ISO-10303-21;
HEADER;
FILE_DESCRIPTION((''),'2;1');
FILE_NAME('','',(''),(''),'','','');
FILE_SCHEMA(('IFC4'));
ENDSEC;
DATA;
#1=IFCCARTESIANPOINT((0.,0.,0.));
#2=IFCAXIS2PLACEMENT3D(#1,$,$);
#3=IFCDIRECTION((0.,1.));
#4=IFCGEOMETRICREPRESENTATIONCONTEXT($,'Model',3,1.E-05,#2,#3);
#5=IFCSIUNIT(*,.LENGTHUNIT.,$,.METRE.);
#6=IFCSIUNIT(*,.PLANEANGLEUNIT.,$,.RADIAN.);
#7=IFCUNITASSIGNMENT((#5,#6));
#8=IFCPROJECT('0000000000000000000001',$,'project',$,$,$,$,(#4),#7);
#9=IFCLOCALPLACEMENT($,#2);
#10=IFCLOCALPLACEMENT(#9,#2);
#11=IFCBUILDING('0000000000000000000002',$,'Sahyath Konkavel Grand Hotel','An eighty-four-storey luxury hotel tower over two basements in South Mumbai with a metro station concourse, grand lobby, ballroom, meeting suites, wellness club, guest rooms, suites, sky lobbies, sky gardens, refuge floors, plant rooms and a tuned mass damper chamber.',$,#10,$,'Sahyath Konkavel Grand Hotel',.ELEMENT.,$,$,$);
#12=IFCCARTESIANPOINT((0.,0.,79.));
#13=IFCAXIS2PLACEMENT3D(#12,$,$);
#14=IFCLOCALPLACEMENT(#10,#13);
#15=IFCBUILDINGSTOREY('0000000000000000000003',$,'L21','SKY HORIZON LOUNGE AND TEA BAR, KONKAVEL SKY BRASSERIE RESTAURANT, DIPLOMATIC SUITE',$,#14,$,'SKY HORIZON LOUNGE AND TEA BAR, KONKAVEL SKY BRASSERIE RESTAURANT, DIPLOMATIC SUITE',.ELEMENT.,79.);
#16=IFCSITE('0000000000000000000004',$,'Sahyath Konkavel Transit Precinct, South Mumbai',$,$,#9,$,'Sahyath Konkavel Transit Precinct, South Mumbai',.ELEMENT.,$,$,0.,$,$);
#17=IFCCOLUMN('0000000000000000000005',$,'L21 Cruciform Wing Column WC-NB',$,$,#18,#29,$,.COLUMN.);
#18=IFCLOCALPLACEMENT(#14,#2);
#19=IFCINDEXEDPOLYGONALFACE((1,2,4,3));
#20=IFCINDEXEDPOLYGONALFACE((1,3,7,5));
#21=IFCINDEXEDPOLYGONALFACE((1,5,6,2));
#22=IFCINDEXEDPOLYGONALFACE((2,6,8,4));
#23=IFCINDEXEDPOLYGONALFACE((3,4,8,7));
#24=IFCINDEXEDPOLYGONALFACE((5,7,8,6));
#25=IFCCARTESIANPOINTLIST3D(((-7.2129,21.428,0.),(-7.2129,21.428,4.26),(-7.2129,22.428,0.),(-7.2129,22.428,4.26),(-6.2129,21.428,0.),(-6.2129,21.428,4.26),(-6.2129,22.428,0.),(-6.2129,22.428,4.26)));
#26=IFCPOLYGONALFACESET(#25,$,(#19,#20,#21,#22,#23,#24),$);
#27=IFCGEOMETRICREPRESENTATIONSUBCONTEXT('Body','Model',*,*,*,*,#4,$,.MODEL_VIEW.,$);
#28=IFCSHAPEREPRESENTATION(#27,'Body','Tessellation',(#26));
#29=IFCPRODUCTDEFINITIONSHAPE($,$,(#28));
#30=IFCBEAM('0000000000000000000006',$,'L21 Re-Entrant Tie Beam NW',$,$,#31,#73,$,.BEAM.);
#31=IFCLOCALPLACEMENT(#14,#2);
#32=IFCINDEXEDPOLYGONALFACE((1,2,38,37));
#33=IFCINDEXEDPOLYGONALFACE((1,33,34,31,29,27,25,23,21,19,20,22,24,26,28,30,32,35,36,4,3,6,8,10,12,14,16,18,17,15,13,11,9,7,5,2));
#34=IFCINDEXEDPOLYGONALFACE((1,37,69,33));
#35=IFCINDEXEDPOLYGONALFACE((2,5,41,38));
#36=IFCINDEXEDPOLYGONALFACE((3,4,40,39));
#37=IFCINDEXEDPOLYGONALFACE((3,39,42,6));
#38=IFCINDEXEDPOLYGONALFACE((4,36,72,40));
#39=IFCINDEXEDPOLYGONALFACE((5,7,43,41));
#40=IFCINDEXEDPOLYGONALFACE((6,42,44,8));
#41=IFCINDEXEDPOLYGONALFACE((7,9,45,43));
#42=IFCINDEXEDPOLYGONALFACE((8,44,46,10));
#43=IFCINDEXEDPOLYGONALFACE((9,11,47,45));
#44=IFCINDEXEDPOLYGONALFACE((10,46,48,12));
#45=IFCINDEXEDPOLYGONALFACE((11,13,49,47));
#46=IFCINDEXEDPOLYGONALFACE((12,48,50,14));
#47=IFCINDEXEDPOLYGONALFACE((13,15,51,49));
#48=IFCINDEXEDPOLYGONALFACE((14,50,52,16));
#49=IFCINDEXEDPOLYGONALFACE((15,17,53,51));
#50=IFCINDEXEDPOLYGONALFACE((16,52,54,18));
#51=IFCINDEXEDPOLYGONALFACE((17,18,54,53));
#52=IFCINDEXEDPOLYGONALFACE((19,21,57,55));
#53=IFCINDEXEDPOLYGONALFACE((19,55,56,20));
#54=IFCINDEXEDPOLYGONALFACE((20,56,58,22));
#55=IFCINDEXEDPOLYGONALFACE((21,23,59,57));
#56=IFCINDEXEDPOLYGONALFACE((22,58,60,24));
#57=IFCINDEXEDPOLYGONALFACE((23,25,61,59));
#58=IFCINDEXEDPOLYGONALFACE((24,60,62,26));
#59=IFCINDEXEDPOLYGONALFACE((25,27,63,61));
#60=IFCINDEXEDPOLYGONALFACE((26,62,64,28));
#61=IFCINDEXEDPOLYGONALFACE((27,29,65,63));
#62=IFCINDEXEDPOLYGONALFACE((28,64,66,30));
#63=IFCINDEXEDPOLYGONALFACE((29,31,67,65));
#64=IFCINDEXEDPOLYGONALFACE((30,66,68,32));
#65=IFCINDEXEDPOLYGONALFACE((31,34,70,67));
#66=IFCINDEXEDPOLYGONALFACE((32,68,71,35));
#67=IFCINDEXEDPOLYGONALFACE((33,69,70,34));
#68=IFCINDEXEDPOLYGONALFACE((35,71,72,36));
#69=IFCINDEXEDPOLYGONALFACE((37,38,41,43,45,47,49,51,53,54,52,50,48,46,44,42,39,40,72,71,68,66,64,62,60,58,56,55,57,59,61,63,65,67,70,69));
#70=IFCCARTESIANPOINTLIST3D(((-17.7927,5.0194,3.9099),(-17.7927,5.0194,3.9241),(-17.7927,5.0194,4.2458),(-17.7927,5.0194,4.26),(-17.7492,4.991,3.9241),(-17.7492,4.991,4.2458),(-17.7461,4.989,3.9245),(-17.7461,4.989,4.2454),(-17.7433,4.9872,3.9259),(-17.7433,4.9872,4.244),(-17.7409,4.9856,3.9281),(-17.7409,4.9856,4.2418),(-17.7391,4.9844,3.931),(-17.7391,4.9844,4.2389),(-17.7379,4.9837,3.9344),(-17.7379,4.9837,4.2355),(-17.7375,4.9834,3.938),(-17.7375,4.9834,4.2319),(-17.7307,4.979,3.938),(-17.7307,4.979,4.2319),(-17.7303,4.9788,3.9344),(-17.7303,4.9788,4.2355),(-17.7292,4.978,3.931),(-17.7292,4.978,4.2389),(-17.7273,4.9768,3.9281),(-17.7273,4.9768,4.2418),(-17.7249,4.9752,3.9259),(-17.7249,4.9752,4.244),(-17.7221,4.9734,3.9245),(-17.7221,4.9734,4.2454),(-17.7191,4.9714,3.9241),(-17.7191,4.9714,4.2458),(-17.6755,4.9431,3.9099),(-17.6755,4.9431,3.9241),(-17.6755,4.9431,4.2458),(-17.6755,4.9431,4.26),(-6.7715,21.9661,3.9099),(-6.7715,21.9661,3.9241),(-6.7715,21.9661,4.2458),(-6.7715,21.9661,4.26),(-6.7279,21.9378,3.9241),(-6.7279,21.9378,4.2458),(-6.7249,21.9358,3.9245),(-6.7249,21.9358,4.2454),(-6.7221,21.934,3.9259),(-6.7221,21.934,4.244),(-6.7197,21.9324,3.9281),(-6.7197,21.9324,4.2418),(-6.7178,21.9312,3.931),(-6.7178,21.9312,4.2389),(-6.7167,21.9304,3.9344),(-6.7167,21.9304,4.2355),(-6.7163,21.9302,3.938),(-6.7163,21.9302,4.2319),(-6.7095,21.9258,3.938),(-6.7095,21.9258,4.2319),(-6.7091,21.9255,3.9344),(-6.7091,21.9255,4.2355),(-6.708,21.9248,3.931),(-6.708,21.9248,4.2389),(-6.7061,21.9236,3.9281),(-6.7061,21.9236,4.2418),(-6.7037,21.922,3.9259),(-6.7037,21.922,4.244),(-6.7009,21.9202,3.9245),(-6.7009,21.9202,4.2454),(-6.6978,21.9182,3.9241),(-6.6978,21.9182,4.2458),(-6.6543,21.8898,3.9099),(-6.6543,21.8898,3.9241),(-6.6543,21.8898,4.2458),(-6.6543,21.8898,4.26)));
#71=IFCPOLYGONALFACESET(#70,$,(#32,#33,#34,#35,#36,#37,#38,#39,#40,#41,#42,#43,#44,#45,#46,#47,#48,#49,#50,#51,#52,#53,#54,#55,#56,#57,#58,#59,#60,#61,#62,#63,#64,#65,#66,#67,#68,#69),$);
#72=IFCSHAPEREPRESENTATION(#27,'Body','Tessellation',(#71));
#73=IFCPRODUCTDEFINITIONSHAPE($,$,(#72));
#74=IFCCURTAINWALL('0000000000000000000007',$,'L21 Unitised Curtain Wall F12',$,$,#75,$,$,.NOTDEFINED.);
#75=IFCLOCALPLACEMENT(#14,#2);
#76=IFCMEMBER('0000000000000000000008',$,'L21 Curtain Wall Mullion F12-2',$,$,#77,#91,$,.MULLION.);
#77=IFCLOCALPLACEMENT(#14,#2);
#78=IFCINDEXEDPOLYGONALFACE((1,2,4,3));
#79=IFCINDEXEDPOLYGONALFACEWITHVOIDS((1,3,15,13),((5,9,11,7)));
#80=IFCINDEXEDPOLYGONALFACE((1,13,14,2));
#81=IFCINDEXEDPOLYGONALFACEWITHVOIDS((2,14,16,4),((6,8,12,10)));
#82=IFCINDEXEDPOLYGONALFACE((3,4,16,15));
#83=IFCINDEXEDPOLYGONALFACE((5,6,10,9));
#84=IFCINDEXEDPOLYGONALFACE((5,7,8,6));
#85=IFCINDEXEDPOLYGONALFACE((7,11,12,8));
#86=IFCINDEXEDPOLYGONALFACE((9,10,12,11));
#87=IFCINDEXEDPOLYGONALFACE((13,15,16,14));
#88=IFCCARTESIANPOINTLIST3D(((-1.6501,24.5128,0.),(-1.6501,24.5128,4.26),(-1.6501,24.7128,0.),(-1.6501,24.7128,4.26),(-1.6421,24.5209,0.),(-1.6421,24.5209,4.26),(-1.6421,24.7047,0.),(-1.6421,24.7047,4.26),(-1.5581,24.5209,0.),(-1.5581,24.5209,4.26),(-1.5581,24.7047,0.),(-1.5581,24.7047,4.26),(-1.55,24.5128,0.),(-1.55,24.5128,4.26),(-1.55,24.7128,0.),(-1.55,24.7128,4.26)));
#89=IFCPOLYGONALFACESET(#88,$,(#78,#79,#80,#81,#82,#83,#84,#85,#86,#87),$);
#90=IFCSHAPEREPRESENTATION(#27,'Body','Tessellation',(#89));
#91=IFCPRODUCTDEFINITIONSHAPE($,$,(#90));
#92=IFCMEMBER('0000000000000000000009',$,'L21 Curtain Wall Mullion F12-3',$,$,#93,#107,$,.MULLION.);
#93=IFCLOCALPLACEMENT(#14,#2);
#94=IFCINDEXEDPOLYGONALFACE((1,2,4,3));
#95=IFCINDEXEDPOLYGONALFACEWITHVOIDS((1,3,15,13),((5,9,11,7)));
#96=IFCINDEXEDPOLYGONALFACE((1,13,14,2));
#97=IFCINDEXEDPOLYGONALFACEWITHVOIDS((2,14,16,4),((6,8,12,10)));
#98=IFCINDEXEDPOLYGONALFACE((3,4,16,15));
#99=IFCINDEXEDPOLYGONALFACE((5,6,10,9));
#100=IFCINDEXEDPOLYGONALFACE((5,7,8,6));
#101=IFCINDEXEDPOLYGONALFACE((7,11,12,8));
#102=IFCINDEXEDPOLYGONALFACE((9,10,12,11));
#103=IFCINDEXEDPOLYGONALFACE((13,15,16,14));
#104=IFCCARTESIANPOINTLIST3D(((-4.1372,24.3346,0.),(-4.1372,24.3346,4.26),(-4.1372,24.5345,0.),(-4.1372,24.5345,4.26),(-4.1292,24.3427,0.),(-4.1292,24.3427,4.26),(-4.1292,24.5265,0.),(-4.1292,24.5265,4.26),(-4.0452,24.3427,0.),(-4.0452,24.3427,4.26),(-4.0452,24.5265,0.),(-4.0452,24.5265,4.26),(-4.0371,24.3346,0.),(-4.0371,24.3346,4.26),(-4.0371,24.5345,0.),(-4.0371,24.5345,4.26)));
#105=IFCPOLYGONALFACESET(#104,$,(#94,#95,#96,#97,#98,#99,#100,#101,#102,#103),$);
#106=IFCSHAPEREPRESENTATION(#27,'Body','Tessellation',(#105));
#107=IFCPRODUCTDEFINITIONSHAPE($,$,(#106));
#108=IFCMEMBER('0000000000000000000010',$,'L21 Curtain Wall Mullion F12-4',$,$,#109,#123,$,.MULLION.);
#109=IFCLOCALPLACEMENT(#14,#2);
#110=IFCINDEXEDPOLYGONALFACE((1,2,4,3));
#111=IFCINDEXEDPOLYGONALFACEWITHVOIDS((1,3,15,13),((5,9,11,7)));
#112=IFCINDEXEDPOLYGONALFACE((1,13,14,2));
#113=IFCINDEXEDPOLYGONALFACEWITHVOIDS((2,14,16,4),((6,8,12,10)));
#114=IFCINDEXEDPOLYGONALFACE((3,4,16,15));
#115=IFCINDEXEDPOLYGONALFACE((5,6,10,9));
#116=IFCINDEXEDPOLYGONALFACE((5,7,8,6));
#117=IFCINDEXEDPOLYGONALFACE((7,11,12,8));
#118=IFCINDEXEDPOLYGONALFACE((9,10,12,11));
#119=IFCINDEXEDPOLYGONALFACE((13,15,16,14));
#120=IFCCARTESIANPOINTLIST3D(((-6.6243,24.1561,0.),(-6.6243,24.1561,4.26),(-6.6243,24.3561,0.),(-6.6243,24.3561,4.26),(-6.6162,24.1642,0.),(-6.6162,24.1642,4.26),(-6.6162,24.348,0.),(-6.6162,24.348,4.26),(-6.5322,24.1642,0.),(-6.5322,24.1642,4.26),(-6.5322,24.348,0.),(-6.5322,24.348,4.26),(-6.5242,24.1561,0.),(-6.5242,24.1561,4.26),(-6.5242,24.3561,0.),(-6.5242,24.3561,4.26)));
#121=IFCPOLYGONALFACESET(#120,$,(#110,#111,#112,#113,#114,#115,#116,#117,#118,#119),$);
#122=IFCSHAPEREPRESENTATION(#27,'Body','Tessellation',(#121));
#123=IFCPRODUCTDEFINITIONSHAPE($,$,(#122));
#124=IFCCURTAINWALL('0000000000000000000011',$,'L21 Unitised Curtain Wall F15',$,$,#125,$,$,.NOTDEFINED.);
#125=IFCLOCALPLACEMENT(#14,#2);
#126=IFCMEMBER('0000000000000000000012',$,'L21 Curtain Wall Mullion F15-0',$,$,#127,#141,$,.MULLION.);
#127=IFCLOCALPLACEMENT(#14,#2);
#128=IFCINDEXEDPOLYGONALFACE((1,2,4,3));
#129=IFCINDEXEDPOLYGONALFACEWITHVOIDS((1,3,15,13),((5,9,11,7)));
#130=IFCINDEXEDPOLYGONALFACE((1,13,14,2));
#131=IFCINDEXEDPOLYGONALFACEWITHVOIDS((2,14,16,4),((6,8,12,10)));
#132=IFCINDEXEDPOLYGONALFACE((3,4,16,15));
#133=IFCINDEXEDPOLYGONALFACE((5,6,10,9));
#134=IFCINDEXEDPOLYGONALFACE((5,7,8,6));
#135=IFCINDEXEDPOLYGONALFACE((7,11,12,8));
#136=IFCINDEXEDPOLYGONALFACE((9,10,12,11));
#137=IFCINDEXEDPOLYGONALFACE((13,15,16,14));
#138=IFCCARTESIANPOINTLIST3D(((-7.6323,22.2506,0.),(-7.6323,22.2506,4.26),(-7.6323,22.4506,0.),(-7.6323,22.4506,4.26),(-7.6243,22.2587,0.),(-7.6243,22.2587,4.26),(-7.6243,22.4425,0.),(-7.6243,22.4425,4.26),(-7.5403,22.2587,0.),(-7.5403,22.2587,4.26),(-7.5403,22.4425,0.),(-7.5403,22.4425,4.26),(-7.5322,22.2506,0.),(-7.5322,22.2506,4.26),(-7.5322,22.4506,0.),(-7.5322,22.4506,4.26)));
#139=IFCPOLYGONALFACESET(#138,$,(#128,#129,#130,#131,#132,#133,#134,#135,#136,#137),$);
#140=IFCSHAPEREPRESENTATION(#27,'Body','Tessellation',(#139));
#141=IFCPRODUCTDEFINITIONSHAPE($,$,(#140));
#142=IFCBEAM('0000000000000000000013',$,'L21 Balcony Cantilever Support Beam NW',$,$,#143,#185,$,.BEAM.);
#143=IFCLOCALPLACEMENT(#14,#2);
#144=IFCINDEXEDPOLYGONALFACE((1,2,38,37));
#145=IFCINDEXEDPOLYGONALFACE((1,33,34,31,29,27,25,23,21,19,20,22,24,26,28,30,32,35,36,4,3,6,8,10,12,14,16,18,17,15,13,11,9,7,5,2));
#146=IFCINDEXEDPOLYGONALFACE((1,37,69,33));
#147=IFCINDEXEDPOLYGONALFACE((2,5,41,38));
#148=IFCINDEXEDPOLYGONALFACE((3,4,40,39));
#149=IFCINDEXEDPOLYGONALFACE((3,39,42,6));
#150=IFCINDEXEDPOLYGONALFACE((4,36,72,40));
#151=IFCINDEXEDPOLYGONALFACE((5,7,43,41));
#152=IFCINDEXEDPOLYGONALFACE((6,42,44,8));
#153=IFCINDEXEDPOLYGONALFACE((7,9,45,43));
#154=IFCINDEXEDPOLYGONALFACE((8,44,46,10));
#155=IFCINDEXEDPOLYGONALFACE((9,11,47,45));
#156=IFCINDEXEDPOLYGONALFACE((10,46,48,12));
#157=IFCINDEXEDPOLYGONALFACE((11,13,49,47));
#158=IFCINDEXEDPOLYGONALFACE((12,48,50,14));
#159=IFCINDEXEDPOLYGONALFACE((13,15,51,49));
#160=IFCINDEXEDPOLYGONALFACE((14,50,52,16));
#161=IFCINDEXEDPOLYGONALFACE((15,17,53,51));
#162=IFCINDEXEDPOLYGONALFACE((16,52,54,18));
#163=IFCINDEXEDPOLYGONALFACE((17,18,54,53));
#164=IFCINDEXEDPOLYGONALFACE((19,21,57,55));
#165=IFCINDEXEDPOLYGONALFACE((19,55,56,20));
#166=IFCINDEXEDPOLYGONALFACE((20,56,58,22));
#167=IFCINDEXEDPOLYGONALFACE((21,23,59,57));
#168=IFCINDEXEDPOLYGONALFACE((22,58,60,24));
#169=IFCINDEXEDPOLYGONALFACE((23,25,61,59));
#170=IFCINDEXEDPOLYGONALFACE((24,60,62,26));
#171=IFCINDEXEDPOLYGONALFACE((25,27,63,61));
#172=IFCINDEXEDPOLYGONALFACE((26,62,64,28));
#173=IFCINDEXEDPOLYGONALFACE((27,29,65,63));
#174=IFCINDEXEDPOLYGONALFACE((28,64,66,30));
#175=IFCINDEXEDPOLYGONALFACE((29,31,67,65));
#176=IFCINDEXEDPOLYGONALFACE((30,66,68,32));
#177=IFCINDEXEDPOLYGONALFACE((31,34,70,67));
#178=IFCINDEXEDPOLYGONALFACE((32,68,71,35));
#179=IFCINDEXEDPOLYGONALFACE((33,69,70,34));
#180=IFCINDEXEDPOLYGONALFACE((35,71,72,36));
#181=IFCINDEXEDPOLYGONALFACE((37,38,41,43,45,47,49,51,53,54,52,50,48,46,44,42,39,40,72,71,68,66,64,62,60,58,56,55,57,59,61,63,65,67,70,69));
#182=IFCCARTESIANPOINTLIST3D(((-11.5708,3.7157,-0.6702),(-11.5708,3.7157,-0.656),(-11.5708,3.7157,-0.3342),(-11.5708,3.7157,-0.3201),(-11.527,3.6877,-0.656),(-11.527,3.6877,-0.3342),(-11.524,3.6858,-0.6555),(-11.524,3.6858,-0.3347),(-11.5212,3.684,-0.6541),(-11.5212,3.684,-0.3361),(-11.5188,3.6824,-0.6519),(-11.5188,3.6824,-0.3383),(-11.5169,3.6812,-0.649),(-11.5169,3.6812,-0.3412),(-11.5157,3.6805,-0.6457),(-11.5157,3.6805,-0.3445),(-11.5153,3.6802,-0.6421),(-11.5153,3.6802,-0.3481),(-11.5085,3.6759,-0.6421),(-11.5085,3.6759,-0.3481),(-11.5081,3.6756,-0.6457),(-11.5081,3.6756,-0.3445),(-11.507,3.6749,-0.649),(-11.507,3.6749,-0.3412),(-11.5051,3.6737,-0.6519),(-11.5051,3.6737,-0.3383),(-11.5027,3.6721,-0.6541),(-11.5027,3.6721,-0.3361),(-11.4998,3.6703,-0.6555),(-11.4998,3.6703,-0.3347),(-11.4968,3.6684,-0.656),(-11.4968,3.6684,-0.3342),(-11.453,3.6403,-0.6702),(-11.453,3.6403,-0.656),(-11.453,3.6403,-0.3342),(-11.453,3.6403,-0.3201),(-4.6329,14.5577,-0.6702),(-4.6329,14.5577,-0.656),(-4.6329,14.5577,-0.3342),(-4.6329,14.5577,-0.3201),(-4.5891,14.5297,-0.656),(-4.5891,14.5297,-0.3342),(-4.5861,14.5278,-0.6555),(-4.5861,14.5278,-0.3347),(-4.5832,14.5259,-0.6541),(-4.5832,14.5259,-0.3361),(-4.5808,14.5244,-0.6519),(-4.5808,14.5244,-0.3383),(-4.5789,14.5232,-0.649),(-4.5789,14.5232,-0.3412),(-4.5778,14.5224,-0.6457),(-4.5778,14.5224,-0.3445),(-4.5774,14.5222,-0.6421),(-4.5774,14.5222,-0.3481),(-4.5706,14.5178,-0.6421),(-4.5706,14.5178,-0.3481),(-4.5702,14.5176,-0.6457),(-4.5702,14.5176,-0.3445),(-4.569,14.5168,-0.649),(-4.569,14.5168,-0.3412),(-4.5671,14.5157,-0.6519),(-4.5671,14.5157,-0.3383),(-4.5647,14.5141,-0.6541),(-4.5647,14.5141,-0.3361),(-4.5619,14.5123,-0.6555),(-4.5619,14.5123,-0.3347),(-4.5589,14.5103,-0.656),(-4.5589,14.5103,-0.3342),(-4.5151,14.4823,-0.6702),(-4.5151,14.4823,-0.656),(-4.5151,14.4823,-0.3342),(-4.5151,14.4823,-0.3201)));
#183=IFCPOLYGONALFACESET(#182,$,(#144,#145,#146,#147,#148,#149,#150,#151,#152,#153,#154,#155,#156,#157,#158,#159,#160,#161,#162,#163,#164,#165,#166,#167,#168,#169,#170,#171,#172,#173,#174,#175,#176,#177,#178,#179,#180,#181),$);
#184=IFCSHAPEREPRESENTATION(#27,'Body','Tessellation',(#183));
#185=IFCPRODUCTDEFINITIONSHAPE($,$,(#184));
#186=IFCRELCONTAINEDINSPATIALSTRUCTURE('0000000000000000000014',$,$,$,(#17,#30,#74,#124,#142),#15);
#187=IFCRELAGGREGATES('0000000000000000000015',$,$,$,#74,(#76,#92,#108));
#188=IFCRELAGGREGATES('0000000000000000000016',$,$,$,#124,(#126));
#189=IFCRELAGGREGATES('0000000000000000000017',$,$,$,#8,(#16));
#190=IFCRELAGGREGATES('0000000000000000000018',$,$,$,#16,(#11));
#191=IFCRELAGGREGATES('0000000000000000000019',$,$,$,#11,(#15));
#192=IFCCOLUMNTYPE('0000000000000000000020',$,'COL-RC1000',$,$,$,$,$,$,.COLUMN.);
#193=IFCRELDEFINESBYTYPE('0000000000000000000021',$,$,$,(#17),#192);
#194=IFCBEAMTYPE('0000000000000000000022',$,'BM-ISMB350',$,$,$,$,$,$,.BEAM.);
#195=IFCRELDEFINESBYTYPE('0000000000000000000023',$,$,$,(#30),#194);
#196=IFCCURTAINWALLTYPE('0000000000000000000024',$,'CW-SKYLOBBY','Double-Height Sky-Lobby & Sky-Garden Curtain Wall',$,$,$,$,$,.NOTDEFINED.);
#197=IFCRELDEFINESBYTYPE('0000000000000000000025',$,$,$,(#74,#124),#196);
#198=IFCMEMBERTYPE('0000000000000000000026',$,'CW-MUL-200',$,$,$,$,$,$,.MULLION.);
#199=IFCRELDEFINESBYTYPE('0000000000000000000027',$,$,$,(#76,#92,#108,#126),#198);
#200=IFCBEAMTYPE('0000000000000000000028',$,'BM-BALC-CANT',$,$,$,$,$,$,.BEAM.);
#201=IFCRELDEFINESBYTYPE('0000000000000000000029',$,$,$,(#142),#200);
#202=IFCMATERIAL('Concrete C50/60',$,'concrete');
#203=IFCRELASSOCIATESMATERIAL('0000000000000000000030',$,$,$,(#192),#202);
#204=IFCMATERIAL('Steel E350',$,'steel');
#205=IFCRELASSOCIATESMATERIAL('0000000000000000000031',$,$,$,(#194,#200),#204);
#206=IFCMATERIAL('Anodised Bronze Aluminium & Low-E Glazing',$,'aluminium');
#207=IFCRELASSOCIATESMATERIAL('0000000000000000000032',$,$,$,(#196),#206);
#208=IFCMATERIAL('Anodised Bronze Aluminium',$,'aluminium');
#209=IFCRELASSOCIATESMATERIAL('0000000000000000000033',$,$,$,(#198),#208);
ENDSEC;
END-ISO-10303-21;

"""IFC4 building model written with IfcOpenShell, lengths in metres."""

from ifc_helpers import new_model, si_unit, direction, frame, origin, origin_2d, place, context, subcontext, project, spatial, rectangle, hollow_rectangle, i_section, extrude, source, transform, mapped, material, material_profile, profile_set, type_object, element, aggregate, save


model = new_model("IFC4")

# Units and contexts
model_context = context("Model", 3, precision=1e-05, world=origin(), true_north=direction((0.0, 1.0)))
body_context = subcontext(model_context, "Body", "Model", "MODEL_VIEW")
ifc_project = project(units=[si_unit("LENGTHUNIT", "METRE"), si_unit("PLANEANGLEUNIT", "RADIAN")], contexts=[model_context])

# Site, building, storey
site_placement = place(None, origin())
site = spatial("IfcSite", under=ifc_project, at=site_placement, Name="Sahyath Konkavel Transit Precinct, South Mumbai", LongName="Sahyath Konkavel Transit Precinct, South Mumbai", CompositionType="ELEMENT", RefElevation=0.0)
building_placement = place(site_placement, origin())
building = spatial("IfcBuilding", under=site, at=building_placement, Name="Sahyath Konkavel Grand Hotel", Description="An eighty-four-storey luxury hotel tower over two basements in South Mumbai with a metro station concourse, grand lobby, ballroom, meeting suites, wellness club, guest rooms, suites, sky lobbies, sky gardens, refuge floors, plant rooms and a tuned mass damper chamber.", LongName="Sahyath Konkavel Grand Hotel", CompositionType="ELEMENT")
storey_placement = place(building_placement, frame((0.0, 0.0, 79.0)))
storey = spatial("IfcBuildingStorey", under=building, at=storey_placement, Name="L21", Description="SKY HORIZON LOUNGE AND TEA BAR, KONKAVEL SKY BRASSERIE RESTAURANT, DIPLOMATIC SUITE", LongName="SKY HORIZON LOUNGE AND TEA BAR, KONKAVEL SKY BRASSERIE RESTAURANT, DIPLOMATIC SUITE", CompositionType="ELEMENT", Elevation=79.0)

# Column
ifc_material_1 = material(Name="Concrete C50/60", Category="concrete")
ifc_material_profile_1 = material_profile(ifc_material_1, rectangle(XDim=1.0, YDim=1.0, at=origin_2d()), Name="RC 1000x1000")
ifc_profile_set_1 = profile_set([ifc_material_profile_1], Name="Concrete C50/60")
column_type = type_object("IfcColumnType", Name="COL-RC1000", PredefinedType="COLUMN", material=ifc_profile_set_1)
shared_shape_1 = source(origin(), body_context, "Body", "SweptSolid", [
    extrude(rectangle(XDim=1.0, YDim=1.0, at=origin_2d()), origin(), (0.0, 0.0, 1.0), 4.26),
])
column_placement = place(storey_placement, frame((-6.7129, 21.928, 0.0), z_axis=(0.0, 0.0, 1.0), x_axis=(1.0, 0.0, 0.0)))
element("IfcColumn", 1, at=column_placement, inside=storey, type_object=column_type, Name="L21 Cruciform Wing Column WC-NB", PredefinedType="COLUMN", context=body_context, shape_type="MappedRepresentation", body=[
    mapped(shared_shape_1, transform((0.0, 0.0, 0.0), scale=1.0)),
])

# Beam
ifc_material_2 = material(Name="Steel E350", Category="steel")
ifc_material_profile_2 = material_profile(ifc_material_2, i_section(OverallWidth=0.1399, OverallDepth=0.3501, WebThickness=0.0081, FlangeThickness=0.0142, FilletRadius=0.0139, at=origin_2d()), Name="ISMB 350")
ifc_profile_set_2 = profile_set([ifc_material_profile_2], Name="Steel E350")
beam_type_1 = type_object("IfcBeamType", Name="BM-ISMB350", PredefinedType="BEAM", material=ifc_profile_set_2)
shared_shape_2 = source(origin(), body_context, "Body", "SweptSolid", [
    extrude(i_section(OverallWidth=0.1399, OverallDepth=0.3501, WebThickness=0.0081, FlangeThickness=0.0142, FilletRadius=0.0139, at=origin_2d()), origin(), (0.0, 0.0, 1.0), 20.2153),
])
beam_1_placement = place(storey_placement, frame((-6.7129, 21.928, 4.085), z_axis=(-0.545191, -0.838312, 0.0), x_axis=(0.838312, -0.545191, 0.0)))
element("IfcBeam", 2, at=beam_1_placement, inside=storey, type_object=beam_type_1, Name="L21 Re-Entrant Tie Beam NW", PredefinedType="BEAM", context=body_context, shape_type="MappedRepresentation", body=[
    mapped(shared_shape_2, transform((0.0, 0.0, 0.0), scale=1.0)),
])

# Curtain wall, members
ifc_material_3 = material(Name="Anodised Bronze Aluminium & Low-E Glazing", Category="aluminium")
curtain_wall_type = type_object("IfcCurtainWallType", Name="CW-SKYLOBBY", Description="Double-Height Sky-Lobby & Sky-Garden Curtain Wall", PredefinedType="NOTDEFINED", material=ifc_material_3)
curtain_wall_1_placement = place(storey_placement, origin())
curtain_wall_1 = element("IfcCurtainWall", 3, at=curtain_wall_1_placement, inside=storey, type_object=curtain_wall_type, Name="L21 Unitised Curtain Wall F12", PredefinedType="NOTDEFINED")
ifc_material_4 = material(Name="Anodised Bronze Aluminium", Category="aluminium")
ifc_material_profile_3 = material_profile(ifc_material_4, hollow_rectangle(XDim=0.1001, YDim=0.2, WallThickness=0.0081, at=origin_2d()), Name="RHS 200x100x8")
ifc_profile_set_3 = profile_set([ifc_material_profile_3], Name="Anodised Bronze Aluminium")
member_type_1 = type_object("IfcMemberType", Name="CW-MUL-200", PredefinedType="MULLION", material=ifc_profile_set_3)
shared_shape_3 = source(origin(), body_context, "Body", "SweptSolid", [
    extrude(hollow_rectangle(XDim=0.1001, YDim=0.2, WallThickness=0.0081, at=origin_2d()), origin(), (0.0, 0.0, 1.0), 4.26),
])
member_1_placement = place(storey_placement, frame((-1.6001, 24.6128, 0.0), z_axis=(0.0, 0.0, 1.0), x_axis=(1.0, 0.0, 0.0)))
member_1 = element("IfcMember", 4, at=member_1_placement, type_object=member_type_1, Name="L21 Curtain Wall Mullion F12-2", PredefinedType="MULLION", context=body_context, shape_type="MappedRepresentation", body=[
    mapped(shared_shape_3, transform((0.0, 0.0, 0.0), scale=1.0)),
])
member_2_placement = place(storey_placement, frame((-4.0872, 24.4346, 0.0), z_axis=(0.0, 0.0, 1.0), x_axis=(1.0, 0.0, 0.0)))
member_2 = element("IfcMember", 5, at=member_2_placement, type_object=member_type_1, Name="L21 Curtain Wall Mullion F12-3", PredefinedType="MULLION", context=body_context, shape_type="MappedRepresentation", body=[
    mapped(shared_shape_3, transform((0.0, 0.0, 0.0), scale=1.0)),
])
member_3_placement = place(storey_placement, frame((-6.5742, 24.2561, 0.0), z_axis=(0.0, 0.0, 1.0), x_axis=(1.0, 0.0, 0.0)))
member_3 = element("IfcMember", 6, at=member_3_placement, type_object=member_type_1, Name="L21 Curtain Wall Mullion F12-4", PredefinedType="MULLION", context=body_context, shape_type="MappedRepresentation", body=[
    mapped(shared_shape_3, transform((0.0, 0.0, 0.0), scale=1.0)),
])

# Curtain wall, member
curtain_wall_2_placement = place(storey_placement, origin())
curtain_wall_2 = element("IfcCurtainWall", 7, at=curtain_wall_2_placement, inside=storey, type_object=curtain_wall_type, Name="L21 Unitised Curtain Wall F15", PredefinedType="NOTDEFINED")
member_4_placement = place(storey_placement, frame((-7.5823, 22.3506, 0.0), z_axis=(0.0, 0.0, 1.0), x_axis=(1.0, 0.0, 0.0)))
member_4 = element("IfcMember", 8, at=member_4_placement, type_object=member_type_1, Name="L21 Curtain Wall Mullion F15-0", PredefinedType="MULLION", context=body_context, shape_type="MappedRepresentation", body=[
    mapped(shared_shape_3, transform((0.0, 0.0, 0.0), scale=1.0)),
])

# Beam
ifc_material_profile_4 = material_profile(ifc_material_2, i_section(OverallWidth=0.1399, OverallDepth=0.3501, WebThickness=0.0081, FlangeThickness=0.0142, FilletRadius=0.0139, at=origin_2d()), Name="ISMB 350")
ifc_profile_set_4 = profile_set([ifc_material_profile_4], Name="Steel E350")
beam_type_2 = type_object("IfcBeamType", Name="BM-BALC-CANT", PredefinedType="BEAM", material=ifc_profile_set_4)
shared_shape_4 = source(origin(), body_context, "Body", "SweptSolid", [
    extrude(i_section(OverallWidth=0.1399, OverallDepth=0.3501, WebThickness=0.0081, FlangeThickness=0.0142, FilletRadius=0.0139, at=origin_2d()), origin(), (0.0, 0.0, 1.0), 12.8718),
])
beam_2_placement = place(storey_placement, frame((-4.574, 14.52, -0.4951), z_axis=(-0.539003, -0.842304, 0.0), x_axis=(0.842304, -0.539003, 0.0)))
element("IfcBeam", 9, at=beam_2_placement, inside=storey, type_object=beam_type_2, Name="L21 Balcony Cantilever Support Beam NW", PredefinedType="BEAM", context=body_context, shape_type="MappedRepresentation", body=[
    mapped(shared_shape_4, transform((0.0, 0.0, 0.0), scale=1.0)),
])

aggregate(curtain_wall_1, [member_1, member_2, member_3])
aggregate(curtain_wall_2, [member_4])

save(model, "model.ifc")
